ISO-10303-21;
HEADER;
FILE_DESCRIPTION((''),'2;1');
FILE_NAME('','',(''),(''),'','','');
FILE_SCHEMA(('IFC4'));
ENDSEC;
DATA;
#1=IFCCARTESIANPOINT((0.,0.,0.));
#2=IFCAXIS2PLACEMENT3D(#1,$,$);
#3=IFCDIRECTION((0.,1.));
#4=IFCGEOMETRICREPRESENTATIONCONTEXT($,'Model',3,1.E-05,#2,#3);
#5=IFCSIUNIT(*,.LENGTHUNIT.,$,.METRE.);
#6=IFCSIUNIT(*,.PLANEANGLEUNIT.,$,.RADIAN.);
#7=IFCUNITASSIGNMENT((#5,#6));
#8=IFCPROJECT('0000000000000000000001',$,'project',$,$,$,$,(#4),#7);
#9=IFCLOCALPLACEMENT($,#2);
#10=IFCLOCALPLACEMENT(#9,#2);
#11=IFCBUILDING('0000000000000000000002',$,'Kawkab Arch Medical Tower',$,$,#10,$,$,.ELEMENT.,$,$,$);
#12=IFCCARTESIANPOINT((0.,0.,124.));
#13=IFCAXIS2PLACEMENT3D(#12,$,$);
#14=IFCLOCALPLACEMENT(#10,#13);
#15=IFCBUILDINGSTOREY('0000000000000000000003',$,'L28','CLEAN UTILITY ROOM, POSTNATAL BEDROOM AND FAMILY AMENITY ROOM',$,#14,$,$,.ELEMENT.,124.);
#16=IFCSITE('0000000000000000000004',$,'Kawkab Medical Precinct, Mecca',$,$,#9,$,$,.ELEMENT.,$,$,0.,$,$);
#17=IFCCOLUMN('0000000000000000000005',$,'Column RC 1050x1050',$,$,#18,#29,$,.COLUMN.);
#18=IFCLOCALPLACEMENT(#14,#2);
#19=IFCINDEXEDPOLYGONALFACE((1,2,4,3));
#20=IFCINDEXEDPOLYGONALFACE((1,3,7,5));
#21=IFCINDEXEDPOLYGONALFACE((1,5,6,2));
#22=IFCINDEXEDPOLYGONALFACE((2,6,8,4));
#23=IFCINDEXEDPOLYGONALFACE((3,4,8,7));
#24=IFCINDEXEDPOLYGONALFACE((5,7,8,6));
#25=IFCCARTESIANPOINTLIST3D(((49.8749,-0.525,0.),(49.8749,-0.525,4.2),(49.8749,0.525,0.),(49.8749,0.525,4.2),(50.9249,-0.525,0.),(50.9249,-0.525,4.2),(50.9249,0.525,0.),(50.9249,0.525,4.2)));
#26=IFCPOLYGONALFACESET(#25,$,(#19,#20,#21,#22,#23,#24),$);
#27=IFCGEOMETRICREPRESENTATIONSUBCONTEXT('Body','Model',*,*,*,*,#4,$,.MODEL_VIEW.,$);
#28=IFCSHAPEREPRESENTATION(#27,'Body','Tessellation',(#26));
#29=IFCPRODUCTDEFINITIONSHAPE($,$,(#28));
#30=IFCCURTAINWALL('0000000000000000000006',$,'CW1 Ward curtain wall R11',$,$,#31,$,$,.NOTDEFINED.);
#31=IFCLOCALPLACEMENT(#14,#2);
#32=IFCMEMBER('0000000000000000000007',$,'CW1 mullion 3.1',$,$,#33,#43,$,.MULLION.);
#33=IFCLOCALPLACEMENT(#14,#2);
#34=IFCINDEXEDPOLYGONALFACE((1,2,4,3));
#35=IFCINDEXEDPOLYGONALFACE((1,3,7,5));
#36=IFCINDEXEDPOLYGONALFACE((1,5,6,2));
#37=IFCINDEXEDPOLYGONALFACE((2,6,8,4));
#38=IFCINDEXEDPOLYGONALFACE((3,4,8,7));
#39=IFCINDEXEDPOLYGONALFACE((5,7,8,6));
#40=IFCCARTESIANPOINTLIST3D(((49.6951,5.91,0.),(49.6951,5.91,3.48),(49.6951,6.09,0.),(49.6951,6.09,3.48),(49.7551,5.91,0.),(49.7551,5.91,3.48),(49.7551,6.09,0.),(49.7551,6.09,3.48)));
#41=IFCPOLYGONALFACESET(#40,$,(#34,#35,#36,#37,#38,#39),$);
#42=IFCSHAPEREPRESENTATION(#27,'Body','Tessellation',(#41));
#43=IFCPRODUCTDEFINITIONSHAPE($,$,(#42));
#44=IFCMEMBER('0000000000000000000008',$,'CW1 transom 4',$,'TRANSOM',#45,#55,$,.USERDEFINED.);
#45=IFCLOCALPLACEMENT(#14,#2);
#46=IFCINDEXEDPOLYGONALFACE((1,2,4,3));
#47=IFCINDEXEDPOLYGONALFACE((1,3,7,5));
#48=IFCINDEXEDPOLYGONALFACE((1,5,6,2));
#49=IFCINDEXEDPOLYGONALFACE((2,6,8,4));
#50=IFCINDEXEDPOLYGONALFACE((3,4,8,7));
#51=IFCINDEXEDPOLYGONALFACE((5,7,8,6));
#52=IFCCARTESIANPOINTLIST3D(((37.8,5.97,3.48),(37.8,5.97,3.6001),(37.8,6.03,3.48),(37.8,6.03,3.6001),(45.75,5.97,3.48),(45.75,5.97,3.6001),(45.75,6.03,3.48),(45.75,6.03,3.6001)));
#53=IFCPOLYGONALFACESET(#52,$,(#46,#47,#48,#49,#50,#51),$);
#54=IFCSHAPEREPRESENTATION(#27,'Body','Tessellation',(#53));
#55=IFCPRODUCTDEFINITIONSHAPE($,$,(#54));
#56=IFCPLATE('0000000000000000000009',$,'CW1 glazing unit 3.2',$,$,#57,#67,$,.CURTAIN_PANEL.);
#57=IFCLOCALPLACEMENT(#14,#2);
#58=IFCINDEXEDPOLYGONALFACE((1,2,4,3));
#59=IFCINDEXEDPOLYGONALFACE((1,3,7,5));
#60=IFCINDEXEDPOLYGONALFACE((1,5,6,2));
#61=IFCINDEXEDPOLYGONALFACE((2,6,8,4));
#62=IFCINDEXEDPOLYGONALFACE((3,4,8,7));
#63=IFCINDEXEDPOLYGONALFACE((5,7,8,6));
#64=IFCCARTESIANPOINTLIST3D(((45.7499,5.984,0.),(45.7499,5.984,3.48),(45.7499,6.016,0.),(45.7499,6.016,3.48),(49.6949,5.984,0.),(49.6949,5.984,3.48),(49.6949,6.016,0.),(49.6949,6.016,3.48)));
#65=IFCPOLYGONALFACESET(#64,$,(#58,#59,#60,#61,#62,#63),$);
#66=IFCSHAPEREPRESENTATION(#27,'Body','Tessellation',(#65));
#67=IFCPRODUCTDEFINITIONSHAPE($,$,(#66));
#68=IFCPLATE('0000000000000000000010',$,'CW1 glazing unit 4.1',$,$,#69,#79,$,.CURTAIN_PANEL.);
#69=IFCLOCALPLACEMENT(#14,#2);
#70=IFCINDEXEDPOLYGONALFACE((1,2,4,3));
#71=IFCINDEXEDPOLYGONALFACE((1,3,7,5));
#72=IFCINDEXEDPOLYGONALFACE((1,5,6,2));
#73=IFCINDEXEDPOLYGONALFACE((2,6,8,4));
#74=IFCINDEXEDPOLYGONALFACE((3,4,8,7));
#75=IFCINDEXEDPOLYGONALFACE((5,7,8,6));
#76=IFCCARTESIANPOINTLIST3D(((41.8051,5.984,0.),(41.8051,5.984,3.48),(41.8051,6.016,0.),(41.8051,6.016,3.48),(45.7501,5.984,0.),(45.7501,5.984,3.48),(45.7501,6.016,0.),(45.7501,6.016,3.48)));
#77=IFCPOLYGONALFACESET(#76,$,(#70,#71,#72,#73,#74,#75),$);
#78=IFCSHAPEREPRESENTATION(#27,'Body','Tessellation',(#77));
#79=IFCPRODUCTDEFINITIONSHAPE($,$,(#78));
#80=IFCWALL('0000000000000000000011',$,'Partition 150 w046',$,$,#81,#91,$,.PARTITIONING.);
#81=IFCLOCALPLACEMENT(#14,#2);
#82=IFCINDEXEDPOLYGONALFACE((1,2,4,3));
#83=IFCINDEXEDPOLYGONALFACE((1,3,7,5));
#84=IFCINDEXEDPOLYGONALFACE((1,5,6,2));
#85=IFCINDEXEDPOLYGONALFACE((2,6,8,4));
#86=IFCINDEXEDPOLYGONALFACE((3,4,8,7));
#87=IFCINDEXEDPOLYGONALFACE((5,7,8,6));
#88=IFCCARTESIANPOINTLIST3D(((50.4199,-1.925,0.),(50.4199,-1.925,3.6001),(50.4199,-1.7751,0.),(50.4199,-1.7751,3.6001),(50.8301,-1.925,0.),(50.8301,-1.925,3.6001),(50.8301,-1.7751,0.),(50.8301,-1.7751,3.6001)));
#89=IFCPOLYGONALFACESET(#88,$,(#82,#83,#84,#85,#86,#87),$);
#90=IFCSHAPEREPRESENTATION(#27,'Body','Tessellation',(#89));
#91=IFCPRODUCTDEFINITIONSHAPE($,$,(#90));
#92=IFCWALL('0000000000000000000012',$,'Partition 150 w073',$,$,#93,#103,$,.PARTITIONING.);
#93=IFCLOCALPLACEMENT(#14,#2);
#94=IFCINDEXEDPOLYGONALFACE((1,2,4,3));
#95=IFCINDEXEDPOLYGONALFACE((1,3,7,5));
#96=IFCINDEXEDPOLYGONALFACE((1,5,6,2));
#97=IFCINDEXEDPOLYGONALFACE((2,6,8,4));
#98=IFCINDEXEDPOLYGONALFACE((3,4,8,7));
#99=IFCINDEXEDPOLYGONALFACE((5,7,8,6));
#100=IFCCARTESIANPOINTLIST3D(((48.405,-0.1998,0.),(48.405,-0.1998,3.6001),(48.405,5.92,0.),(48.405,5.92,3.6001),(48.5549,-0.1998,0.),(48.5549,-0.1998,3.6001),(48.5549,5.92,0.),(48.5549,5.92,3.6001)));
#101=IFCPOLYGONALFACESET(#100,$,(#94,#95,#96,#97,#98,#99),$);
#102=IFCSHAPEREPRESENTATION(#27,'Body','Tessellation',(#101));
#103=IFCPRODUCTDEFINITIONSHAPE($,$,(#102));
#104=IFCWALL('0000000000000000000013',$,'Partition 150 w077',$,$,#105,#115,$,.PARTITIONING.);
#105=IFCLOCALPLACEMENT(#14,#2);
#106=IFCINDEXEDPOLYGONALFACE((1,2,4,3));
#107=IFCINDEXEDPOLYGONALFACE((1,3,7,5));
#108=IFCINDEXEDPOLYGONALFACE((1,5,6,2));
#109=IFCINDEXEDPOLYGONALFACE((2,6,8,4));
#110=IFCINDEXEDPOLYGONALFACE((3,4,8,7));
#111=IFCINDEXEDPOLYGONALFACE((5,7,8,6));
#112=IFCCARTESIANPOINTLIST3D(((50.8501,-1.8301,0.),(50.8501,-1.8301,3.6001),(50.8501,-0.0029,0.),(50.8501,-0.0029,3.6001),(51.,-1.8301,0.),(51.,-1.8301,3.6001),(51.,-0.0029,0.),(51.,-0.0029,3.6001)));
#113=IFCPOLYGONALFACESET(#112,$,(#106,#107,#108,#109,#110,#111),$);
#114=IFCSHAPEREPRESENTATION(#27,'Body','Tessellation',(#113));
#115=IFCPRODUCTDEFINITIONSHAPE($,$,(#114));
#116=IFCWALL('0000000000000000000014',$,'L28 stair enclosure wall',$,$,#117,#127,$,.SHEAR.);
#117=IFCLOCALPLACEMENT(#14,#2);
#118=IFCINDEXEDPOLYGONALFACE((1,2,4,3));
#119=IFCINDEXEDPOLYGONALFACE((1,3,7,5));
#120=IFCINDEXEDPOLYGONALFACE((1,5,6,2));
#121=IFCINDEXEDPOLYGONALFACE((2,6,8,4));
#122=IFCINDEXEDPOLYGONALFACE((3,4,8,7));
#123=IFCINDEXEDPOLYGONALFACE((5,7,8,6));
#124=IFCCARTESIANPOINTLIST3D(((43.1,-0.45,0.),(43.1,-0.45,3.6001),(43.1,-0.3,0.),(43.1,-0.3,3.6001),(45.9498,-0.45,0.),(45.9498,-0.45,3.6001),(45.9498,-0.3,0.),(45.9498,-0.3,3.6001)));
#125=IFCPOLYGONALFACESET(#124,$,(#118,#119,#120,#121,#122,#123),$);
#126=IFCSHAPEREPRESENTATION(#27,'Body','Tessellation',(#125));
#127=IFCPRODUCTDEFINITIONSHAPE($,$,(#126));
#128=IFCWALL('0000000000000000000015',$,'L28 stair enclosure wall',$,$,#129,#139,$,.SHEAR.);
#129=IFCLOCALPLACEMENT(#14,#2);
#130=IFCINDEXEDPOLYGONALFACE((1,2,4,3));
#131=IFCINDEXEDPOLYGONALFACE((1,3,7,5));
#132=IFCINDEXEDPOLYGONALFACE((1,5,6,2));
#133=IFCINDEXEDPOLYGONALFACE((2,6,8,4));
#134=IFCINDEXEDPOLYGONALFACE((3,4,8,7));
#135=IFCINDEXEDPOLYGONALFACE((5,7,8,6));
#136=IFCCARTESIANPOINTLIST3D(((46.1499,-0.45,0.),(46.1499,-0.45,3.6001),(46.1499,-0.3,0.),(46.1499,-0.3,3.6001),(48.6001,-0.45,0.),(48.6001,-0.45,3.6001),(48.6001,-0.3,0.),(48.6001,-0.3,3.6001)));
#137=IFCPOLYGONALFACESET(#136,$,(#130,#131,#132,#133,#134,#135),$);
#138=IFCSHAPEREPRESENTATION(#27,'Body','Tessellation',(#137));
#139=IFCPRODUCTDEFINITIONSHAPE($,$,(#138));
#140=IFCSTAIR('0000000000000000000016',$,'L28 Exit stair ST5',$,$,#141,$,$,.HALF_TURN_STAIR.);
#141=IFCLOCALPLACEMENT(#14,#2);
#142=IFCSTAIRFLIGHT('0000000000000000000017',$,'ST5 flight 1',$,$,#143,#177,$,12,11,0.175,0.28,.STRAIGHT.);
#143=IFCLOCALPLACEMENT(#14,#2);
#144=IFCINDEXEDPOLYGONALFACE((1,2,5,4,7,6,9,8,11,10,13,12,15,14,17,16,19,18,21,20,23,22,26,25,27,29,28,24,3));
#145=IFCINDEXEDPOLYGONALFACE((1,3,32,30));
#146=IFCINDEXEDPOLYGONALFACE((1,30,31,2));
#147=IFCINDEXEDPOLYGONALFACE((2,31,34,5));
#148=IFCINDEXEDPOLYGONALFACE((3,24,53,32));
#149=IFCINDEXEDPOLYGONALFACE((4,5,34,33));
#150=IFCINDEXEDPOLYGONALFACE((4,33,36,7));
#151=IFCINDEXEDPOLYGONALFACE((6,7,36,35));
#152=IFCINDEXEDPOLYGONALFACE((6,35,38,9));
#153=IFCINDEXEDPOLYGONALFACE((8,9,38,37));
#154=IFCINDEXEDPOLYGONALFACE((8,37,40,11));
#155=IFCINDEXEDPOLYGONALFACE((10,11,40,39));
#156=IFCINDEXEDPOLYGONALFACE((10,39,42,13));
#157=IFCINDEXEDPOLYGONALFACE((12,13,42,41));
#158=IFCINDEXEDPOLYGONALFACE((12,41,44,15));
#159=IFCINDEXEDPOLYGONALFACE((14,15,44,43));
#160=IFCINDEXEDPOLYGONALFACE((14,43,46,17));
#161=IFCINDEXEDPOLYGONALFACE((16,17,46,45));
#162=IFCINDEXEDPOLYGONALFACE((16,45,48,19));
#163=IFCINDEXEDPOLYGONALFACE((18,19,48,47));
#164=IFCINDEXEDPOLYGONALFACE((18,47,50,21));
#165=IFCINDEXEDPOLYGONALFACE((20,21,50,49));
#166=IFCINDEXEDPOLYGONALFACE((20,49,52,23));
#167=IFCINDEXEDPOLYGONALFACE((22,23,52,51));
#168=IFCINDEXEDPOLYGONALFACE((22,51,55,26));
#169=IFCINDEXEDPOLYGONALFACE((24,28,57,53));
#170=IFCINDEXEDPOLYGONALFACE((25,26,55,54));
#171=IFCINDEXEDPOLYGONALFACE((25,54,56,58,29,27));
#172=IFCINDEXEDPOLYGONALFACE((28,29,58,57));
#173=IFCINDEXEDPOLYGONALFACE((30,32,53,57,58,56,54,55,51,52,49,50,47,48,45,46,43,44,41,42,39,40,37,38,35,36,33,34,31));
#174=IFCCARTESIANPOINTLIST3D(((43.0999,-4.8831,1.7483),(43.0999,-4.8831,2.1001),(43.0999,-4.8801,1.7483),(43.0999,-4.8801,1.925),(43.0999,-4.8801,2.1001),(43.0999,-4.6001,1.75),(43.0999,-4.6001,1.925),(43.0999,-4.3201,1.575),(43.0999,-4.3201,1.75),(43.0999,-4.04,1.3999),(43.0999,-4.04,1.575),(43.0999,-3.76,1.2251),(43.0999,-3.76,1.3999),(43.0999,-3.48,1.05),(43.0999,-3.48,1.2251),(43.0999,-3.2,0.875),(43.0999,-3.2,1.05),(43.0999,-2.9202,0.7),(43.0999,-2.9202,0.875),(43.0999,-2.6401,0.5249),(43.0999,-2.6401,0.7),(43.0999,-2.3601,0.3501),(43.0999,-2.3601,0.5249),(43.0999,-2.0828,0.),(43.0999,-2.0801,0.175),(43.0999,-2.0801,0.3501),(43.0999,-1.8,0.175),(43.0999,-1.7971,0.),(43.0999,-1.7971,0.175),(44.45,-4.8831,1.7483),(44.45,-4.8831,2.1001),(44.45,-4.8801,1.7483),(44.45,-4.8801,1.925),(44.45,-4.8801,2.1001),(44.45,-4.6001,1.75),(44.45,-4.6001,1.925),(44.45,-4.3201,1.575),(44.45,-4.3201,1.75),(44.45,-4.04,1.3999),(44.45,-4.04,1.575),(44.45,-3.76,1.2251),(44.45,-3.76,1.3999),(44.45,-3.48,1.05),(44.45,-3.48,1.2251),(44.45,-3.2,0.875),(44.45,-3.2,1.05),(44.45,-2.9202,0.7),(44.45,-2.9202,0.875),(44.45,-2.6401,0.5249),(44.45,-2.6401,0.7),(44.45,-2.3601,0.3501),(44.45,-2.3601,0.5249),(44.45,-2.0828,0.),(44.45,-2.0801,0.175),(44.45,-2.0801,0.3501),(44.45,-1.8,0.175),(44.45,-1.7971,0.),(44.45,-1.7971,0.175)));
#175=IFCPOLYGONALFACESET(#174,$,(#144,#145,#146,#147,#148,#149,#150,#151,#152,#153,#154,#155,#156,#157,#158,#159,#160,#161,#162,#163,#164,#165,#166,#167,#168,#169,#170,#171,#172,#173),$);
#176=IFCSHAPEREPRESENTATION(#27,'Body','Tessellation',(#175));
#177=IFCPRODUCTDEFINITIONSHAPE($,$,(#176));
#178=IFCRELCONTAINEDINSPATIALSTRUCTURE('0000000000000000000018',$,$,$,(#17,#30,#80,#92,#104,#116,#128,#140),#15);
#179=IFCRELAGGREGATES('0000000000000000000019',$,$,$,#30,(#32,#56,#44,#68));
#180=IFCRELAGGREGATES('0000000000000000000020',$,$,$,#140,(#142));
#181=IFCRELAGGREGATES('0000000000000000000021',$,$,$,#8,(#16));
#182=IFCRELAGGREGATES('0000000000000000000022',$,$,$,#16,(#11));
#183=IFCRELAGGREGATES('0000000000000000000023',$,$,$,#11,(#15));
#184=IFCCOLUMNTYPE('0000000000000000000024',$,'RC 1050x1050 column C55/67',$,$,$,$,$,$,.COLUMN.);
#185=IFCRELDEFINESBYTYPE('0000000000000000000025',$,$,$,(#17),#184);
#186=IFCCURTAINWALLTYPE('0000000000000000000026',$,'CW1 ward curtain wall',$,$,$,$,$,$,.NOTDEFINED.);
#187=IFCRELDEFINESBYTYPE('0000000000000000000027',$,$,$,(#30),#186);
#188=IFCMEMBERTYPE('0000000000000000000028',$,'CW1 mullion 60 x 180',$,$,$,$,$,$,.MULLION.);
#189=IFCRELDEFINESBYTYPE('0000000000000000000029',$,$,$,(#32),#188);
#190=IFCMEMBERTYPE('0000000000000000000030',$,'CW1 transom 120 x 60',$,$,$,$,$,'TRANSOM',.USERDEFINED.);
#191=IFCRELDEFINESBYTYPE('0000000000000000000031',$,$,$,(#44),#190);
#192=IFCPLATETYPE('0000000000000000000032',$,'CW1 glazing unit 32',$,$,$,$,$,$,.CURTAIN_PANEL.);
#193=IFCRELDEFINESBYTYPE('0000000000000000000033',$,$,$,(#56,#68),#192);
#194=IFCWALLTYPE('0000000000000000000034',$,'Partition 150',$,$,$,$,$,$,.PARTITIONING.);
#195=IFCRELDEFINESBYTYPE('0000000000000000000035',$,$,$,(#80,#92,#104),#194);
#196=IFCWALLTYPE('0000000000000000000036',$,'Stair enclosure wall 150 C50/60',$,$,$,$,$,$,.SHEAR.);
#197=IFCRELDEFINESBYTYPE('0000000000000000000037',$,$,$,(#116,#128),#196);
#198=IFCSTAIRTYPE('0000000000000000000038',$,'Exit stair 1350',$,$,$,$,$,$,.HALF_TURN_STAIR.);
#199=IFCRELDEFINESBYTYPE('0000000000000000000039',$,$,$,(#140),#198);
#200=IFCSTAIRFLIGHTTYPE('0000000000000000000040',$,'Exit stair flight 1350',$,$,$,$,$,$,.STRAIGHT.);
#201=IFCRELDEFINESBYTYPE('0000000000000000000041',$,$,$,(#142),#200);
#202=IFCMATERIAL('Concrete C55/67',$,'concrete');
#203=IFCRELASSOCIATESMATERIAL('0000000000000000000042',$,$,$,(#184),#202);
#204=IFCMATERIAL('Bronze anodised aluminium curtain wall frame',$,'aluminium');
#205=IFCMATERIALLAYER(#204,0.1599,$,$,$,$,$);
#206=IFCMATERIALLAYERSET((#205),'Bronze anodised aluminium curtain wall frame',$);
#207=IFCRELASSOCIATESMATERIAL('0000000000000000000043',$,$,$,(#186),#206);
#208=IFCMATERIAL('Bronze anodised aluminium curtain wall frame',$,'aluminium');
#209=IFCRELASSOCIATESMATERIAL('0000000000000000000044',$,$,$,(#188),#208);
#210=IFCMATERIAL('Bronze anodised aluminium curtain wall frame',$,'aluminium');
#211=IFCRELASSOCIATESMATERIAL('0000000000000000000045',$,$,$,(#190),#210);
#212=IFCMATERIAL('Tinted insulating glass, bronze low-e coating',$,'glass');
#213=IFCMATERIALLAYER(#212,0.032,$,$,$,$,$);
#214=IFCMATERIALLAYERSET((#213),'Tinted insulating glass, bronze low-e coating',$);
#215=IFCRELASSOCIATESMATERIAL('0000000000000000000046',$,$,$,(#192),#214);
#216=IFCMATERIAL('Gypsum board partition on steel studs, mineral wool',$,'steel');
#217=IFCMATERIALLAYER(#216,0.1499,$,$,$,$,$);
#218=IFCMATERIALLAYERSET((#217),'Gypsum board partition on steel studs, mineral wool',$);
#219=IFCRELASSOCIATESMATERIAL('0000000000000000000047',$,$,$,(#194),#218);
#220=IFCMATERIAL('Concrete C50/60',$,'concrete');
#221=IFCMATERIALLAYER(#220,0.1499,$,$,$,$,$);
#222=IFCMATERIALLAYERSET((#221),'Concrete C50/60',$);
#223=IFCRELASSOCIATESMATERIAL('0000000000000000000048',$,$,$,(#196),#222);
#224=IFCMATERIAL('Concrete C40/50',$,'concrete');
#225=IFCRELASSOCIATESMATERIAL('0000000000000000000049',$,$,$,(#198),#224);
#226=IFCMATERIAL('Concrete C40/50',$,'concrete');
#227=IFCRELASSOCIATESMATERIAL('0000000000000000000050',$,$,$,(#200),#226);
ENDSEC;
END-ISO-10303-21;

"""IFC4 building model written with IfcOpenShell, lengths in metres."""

from ifc_helpers import new_model, si_unit, direction, frame, frame_2d, origin, origin_2d, place, context, subcontext, project, spatial, polyline, rectangle, outline, extrude, material, layer, layer_set, material_profile, profile_set, type_object, element, aggregate, save


model = new_model("IFC4")

# Units and contexts
model_context = context("Model", 3, precision=1e-05, world=origin(), true_north=direction((0.0, 1.0)))
body_context = subcontext(model_context, "Body", "Model", "MODEL_VIEW")
ifc_project = project(units=[si_unit("LENGTHUNIT", "METRE"), si_unit("PLANEANGLEUNIT", "RADIAN")], contexts=[model_context])

# Site, building, storey
site_placement = place(None, origin())
site = spatial("IfcSite", under=ifc_project, at=site_placement, Name="Kawkab Medical Precinct, Mecca", CompositionType="ELEMENT", RefElevation=0.0)
building_placement = place(site_placement, origin())
building = spatial("IfcBuilding", under=site, at=building_placement, Name="Kawkab Arch Medical Tower", CompositionType="ELEMENT")
storey_placement = place(building_placement, frame((0.0, 0.0, 124.0)))
storey = spatial("IfcBuildingStorey", under=building, at=storey_placement, Name="L28", Description="CLEAN UTILITY ROOM, POSTNATAL BEDROOM AND FAMILY AMENITY ROOM", CompositionType="ELEMENT", Elevation=124.0)

# Column
ifc_material_1 = material(Name="Concrete C55/67", Category="concrete")
ifc_material_profile_1 = material_profile(ifc_material_1, rectangle(XDim=1.05, YDim=1.05, at=origin_2d()), Name="RC 1050x1050")
ifc_profile_set_1 = profile_set([ifc_material_profile_1], Name="Concrete C55/67")
column_type = type_object("IfcColumnType", Name="RC 1050x1050 column C55/67", PredefinedType="COLUMN", material=ifc_profile_set_1)
column_placement = place(storey_placement, frame((50.3999, 0.0, 0.0), z_axis=(0.0, 0.0, 1.0), x_axis=(1.0, 0.0, 0.0)))
element("IfcColumn", 1, at=column_placement, inside=storey, type_object=column_type, Name="Column RC 1050x1050", PredefinedType="COLUMN", context=body_context, shape_type="SweptSolid", body=[
    extrude(rectangle(XDim=1.05, YDim=1.05, at=origin_2d()), origin(), (0.0, 0.0, 1.0), 4.2),
])

# Curtain wall, members, plates
ifc_material_2 = material(Name="Bronze anodised aluminium curtain wall frame", Category="aluminium")
ifc_layer_1 = layer(ifc_material_2, 0.1599)
ifc_layer_set_1 = layer_set([ifc_layer_1], Name="Bronze anodised aluminium curtain wall frame")
curtain_wall_type = type_object("IfcCurtainWallType", Name="CW1 ward curtain wall", PredefinedType="NOTDEFINED", material=ifc_layer_set_1)
placement = place(storey_placement, origin())
curtain_wall = element("IfcCurtainWall", 2, at=placement, inside=storey, type_object=curtain_wall_type, Name="CW1 Ward curtain wall R11", PredefinedType="NOTDEFINED")
ifc_material_3 = material(Name="Bronze anodised aluminium curtain wall frame", Category="aluminium")
ifc_material_profile_2 = material_profile(ifc_material_3, rectangle(XDim=0.1799, YDim=0.0601, at=origin_2d()), Name="AL 60x180")
ifc_profile_set_2 = profile_set([ifc_material_profile_2], Name="Bronze anodised aluminium curtain wall frame")
member_type_1 = type_object("IfcMemberType", Name="CW1 mullion 60 x 180", PredefinedType="MULLION", material=ifc_profile_set_2)
member_1_placement = place(storey_placement, frame((49.7251, 6.0, 0.0), z_axis=(0.0, 0.0, 1.0), x_axis=(0.0, -1.0, 0.0)))
member_1 = element("IfcMember", 3, at=member_1_placement, type_object=member_type_1, Name="CW1 mullion 3.1", PredefinedType="MULLION", context=body_context, shape_type="SweptSolid", body=[
    extrude(rectangle(XDim=0.1799, YDim=0.0601, at=origin_2d()), origin(), (0.0, 0.0, 1.0), 3.48),
])
ifc_material_4 = material(Name="Bronze anodised aluminium curtain wall frame", Category="aluminium")
ifc_material_profile_3 = material_profile(ifc_material_4, rectangle(XDim=0.0601, YDim=0.1201, at=origin_2d()), Name="AL 60x120")
ifc_profile_set_3 = profile_set([ifc_material_profile_3], Name="Bronze anodised aluminium curtain wall frame")
member_type_2 = type_object("IfcMemberType", Name="CW1 transom 120 x 60", ElementType="TRANSOM", PredefinedType="USERDEFINED", material=ifc_profile_set_3)
member_2_placement = place(storey_placement, frame((45.75, 6.0, 3.54), z_axis=(-1.0, 0.0, 0.0), x_axis=(0.0, -1.0, 0.0)))
member_2 = element("IfcMember", 4, at=member_2_placement, type_object=member_type_2, Name="CW1 transom 4", ObjectType="TRANSOM", PredefinedType="USERDEFINED", context=body_context, shape_type="SweptSolid", body=[
    extrude(rectangle(XDim=0.0601, YDim=0.1201, at=origin_2d()), origin(), (0.0, 0.0, 1.0), 7.95),
])
ifc_material_5 = material(Name="Tinted insulating glass, bronze low-e coating", Category="glass")
ifc_layer_2 = layer(ifc_material_5, 0.032)
ifc_layer_set_2 = layer_set([ifc_layer_2], Name="Tinted insulating glass, bronze low-e coating")
plate_type = type_object("IfcPlateType", Name="CW1 glazing unit 32", PredefinedType="CURTAIN_PANEL", material=ifc_layer_set_2)
plate_1_placement = place(storey_placement, frame((47.7224, 6.0, 0.0), z_axis=(0.0, 0.0, 1.0), x_axis=(-1.0, 0.0, 0.0)))
plate_1 = element("IfcPlate", 5, at=plate_1_placement, type_object=plate_type, Name="CW1 glazing unit 3.2", PredefinedType="CURTAIN_PANEL", context=body_context, shape_type="SweptSolid", body=[
    extrude(rectangle(XDim=3.9451, YDim=0.032, at=origin_2d()), origin(), (0.0, 0.0, 1.0), 3.48),
])
plate_2_placement = place(storey_placement, frame((43.7776, 6.0, 0.0), z_axis=(0.0, 0.0, 1.0), x_axis=(-1.0, 0.0, 0.0)))
plate_2 = element("IfcPlate", 6, at=plate_2_placement, type_object=plate_type, Name="CW1 glazing unit 4.1", PredefinedType="CURTAIN_PANEL", context=body_context, shape_type="SweptSolid", body=[
    extrude(rectangle(XDim=3.9451, YDim=0.032, at=origin_2d()), origin(), (0.0, 0.0, 1.0), 3.48),
])
aggregate(curtain_wall, [member_1, plate_1, member_2, plate_2])

# Walls
ifc_material_6 = material(Name="Gypsum board partition on steel studs, mineral wool", Category="steel")
ifc_layer_3 = layer(ifc_material_6, 0.1499)
ifc_layer_set_3 = layer_set([ifc_layer_3], Name="Gypsum board partition on steel studs, mineral wool")
wall_type_1 = type_object("IfcWallType", Name="Partition 150", PredefinedType="PARTITIONING", material=ifc_layer_set_3)
wall_1_placement = place(storey_placement, frame((50.4199, -1.8501, 0.0), z_axis=(0.0, 0.0, 1.0), x_axis=(1.0, 0.0, 0.0)))
element("IfcWall", 7, at=wall_1_placement, inside=storey, type_object=wall_type_1, Name="Partition 150 w046", PredefinedType="PARTITIONING", context=body_context, shape_type="SweptSolid", body=[
    extrude(rectangle(XDim=0.4102, YDim=0.1499, at=frame_2d((0.2051, 0.0))), origin(), (0.0, 0.0, 1.0), 3.6001),
])
wall_2_placement = place(storey_placement, frame((48.48, -0.2, 0.0), z_axis=(0.0, 0.0, 1.0), x_axis=(0.0, 1.0, 0.0)))
element("IfcWall", 8, at=wall_2_placement, inside=storey, type_object=wall_type_1, Name="Partition 150 w073", PredefinedType="PARTITIONING", context=body_context, shape_type="SweptSolid", body=[
    extrude(rectangle(XDim=6.1199, YDim=0.1499, at=frame_2d((3.0601, 0.0))), origin(), (0.0, 0.0, 1.0), 3.6001),
])
wall_3_placement = place(storey_placement, frame((50.925, -1.8301, 0.0), z_axis=(0.0, 0.0, 1.0), x_axis=(0.0, 1.0, 0.0)))
element("IfcWall", 9, at=wall_3_placement, inside=storey, type_object=wall_type_1, Name="Partition 150 w077", PredefinedType="PARTITIONING", context=body_context, shape_type="SweptSolid", body=[
    extrude(rectangle(XDim=1.8271, YDim=0.1499, at=frame_2d((0.9136, 0.0))), origin(), (0.0, 0.0, 1.0), 3.6001),
])
ifc_material_7 = material(Name="Concrete C50/60", Category="concrete")
ifc_layer_4 = layer(ifc_material_7, 0.1499)
ifc_layer_set_4 = layer_set([ifc_layer_4], Name="Concrete C50/60")
wall_type_2 = type_object("IfcWallType", Name="Stair enclosure wall 150 C50/60", PredefinedType="SHEAR", material=ifc_layer_set_4)
wall_4_placement = place(storey_placement, frame((43.1001, -0.375, 0.0), z_axis=(0.0, 0.0, 1.0), x_axis=(1.0, 0.0, 0.0)))
element("IfcWall", 10, at=wall_4_placement, inside=storey, type_object=wall_type_2, Name="L28 stair enclosure wall", PredefinedType="SHEAR", context=body_context, shape_type="SweptSolid", body=[
    extrude(rectangle(XDim=2.8499, YDim=0.1499, at=frame_2d((1.4248, 0.0))), origin(), (0.0, 0.0, 1.0), 3.6001),
])
wall_5_placement = place(storey_placement, frame((46.1499, -0.375, 0.0), z_axis=(0.0, 0.0, 1.0), x_axis=(1.0, 0.0, 0.0)))
element("IfcWall", 11, at=wall_5_placement, inside=storey, type_object=wall_type_2, Name="L28 stair enclosure wall", PredefinedType="SHEAR", context=body_context, shape_type="SweptSolid", body=[
    extrude(rectangle(XDim=2.4502, YDim=0.1499, at=frame_2d((1.2251, 0.0))), origin(), (0.0, 0.0, 1.0), 3.6001),
])

# Stair, stair flight
ifc_material_8 = material(Name="Concrete C40/50", Category="concrete")
stair_type = type_object("IfcStairType", Name="Exit stair 1350", PredefinedType="HALF_TURN_STAIR", material=ifc_material_8)
stair = element("IfcStair", 12, at=placement, inside=storey, type_object=stair_type, Name="L28 Exit stair ST5", PredefinedType="HALF_TURN_STAIR")
ifc_material_9 = material(Name="Concrete C40/50", Category="concrete")
stair_flight_type = type_object("IfcStairFlightType", Name="Exit stair flight 1350", PredefinedType="STRAIGHT", material=ifc_material_9)
stair_flight_placement = place(storey_placement, frame((43.7749, -1.8, 0.0), z_axis=(0.0, 0.0, 1.0), x_axis=(0.0, -1.0, 0.0)))
stair_flight = element("IfcStairFlight", 13, at=stair_flight_placement, type_object=stair_flight_type, Name="ST5 flight 1", NumberOfRisers=12, NumberOfTreads=11, PredefinedType="STRAIGHT", RiserHeight=0.175, TreadLength=0.28, context=body_context, shape_type="SweptSolid", body=[
    extrude(outline(polyline([(-0.0029, 0.0), (-0.0029, 0.175), (0.0, 0.175), (0.28, 0.175), (0.28, 0.3501), (0.5601, 0.3501), (0.5601, 0.5249), (0.8401, 0.5249), (0.8401, 0.7), (1.1201, 0.7), (1.1201, 0.875), (1.3999, 0.875), (1.3999, 1.05), (1.6799, 1.05), (1.6799, 1.2251), (1.96, 1.2251), (1.96, 1.3999), (2.24, 1.3999), (2.24, 1.575), (2.52, 1.575), (2.52, 1.75), (2.8, 1.75), (2.8, 1.925), (3.0801, 1.925), (3.0801, 2.1001), (3.083, 2.1001), (3.083, 1.7483), (3.0801, 1.7483), (0.2827, 0.0), (-0.0029, 0.0)])), frame((0.0, 0.675, 0.0), z_axis=(0.0, -1.0, 0.0), x_axis=(1.0, 0.0, 0.0)), (0.0, 0.0, 1.0), 1.3501),
])
aggregate(stair, [stair_flight])

save(model, "model.ifc")
